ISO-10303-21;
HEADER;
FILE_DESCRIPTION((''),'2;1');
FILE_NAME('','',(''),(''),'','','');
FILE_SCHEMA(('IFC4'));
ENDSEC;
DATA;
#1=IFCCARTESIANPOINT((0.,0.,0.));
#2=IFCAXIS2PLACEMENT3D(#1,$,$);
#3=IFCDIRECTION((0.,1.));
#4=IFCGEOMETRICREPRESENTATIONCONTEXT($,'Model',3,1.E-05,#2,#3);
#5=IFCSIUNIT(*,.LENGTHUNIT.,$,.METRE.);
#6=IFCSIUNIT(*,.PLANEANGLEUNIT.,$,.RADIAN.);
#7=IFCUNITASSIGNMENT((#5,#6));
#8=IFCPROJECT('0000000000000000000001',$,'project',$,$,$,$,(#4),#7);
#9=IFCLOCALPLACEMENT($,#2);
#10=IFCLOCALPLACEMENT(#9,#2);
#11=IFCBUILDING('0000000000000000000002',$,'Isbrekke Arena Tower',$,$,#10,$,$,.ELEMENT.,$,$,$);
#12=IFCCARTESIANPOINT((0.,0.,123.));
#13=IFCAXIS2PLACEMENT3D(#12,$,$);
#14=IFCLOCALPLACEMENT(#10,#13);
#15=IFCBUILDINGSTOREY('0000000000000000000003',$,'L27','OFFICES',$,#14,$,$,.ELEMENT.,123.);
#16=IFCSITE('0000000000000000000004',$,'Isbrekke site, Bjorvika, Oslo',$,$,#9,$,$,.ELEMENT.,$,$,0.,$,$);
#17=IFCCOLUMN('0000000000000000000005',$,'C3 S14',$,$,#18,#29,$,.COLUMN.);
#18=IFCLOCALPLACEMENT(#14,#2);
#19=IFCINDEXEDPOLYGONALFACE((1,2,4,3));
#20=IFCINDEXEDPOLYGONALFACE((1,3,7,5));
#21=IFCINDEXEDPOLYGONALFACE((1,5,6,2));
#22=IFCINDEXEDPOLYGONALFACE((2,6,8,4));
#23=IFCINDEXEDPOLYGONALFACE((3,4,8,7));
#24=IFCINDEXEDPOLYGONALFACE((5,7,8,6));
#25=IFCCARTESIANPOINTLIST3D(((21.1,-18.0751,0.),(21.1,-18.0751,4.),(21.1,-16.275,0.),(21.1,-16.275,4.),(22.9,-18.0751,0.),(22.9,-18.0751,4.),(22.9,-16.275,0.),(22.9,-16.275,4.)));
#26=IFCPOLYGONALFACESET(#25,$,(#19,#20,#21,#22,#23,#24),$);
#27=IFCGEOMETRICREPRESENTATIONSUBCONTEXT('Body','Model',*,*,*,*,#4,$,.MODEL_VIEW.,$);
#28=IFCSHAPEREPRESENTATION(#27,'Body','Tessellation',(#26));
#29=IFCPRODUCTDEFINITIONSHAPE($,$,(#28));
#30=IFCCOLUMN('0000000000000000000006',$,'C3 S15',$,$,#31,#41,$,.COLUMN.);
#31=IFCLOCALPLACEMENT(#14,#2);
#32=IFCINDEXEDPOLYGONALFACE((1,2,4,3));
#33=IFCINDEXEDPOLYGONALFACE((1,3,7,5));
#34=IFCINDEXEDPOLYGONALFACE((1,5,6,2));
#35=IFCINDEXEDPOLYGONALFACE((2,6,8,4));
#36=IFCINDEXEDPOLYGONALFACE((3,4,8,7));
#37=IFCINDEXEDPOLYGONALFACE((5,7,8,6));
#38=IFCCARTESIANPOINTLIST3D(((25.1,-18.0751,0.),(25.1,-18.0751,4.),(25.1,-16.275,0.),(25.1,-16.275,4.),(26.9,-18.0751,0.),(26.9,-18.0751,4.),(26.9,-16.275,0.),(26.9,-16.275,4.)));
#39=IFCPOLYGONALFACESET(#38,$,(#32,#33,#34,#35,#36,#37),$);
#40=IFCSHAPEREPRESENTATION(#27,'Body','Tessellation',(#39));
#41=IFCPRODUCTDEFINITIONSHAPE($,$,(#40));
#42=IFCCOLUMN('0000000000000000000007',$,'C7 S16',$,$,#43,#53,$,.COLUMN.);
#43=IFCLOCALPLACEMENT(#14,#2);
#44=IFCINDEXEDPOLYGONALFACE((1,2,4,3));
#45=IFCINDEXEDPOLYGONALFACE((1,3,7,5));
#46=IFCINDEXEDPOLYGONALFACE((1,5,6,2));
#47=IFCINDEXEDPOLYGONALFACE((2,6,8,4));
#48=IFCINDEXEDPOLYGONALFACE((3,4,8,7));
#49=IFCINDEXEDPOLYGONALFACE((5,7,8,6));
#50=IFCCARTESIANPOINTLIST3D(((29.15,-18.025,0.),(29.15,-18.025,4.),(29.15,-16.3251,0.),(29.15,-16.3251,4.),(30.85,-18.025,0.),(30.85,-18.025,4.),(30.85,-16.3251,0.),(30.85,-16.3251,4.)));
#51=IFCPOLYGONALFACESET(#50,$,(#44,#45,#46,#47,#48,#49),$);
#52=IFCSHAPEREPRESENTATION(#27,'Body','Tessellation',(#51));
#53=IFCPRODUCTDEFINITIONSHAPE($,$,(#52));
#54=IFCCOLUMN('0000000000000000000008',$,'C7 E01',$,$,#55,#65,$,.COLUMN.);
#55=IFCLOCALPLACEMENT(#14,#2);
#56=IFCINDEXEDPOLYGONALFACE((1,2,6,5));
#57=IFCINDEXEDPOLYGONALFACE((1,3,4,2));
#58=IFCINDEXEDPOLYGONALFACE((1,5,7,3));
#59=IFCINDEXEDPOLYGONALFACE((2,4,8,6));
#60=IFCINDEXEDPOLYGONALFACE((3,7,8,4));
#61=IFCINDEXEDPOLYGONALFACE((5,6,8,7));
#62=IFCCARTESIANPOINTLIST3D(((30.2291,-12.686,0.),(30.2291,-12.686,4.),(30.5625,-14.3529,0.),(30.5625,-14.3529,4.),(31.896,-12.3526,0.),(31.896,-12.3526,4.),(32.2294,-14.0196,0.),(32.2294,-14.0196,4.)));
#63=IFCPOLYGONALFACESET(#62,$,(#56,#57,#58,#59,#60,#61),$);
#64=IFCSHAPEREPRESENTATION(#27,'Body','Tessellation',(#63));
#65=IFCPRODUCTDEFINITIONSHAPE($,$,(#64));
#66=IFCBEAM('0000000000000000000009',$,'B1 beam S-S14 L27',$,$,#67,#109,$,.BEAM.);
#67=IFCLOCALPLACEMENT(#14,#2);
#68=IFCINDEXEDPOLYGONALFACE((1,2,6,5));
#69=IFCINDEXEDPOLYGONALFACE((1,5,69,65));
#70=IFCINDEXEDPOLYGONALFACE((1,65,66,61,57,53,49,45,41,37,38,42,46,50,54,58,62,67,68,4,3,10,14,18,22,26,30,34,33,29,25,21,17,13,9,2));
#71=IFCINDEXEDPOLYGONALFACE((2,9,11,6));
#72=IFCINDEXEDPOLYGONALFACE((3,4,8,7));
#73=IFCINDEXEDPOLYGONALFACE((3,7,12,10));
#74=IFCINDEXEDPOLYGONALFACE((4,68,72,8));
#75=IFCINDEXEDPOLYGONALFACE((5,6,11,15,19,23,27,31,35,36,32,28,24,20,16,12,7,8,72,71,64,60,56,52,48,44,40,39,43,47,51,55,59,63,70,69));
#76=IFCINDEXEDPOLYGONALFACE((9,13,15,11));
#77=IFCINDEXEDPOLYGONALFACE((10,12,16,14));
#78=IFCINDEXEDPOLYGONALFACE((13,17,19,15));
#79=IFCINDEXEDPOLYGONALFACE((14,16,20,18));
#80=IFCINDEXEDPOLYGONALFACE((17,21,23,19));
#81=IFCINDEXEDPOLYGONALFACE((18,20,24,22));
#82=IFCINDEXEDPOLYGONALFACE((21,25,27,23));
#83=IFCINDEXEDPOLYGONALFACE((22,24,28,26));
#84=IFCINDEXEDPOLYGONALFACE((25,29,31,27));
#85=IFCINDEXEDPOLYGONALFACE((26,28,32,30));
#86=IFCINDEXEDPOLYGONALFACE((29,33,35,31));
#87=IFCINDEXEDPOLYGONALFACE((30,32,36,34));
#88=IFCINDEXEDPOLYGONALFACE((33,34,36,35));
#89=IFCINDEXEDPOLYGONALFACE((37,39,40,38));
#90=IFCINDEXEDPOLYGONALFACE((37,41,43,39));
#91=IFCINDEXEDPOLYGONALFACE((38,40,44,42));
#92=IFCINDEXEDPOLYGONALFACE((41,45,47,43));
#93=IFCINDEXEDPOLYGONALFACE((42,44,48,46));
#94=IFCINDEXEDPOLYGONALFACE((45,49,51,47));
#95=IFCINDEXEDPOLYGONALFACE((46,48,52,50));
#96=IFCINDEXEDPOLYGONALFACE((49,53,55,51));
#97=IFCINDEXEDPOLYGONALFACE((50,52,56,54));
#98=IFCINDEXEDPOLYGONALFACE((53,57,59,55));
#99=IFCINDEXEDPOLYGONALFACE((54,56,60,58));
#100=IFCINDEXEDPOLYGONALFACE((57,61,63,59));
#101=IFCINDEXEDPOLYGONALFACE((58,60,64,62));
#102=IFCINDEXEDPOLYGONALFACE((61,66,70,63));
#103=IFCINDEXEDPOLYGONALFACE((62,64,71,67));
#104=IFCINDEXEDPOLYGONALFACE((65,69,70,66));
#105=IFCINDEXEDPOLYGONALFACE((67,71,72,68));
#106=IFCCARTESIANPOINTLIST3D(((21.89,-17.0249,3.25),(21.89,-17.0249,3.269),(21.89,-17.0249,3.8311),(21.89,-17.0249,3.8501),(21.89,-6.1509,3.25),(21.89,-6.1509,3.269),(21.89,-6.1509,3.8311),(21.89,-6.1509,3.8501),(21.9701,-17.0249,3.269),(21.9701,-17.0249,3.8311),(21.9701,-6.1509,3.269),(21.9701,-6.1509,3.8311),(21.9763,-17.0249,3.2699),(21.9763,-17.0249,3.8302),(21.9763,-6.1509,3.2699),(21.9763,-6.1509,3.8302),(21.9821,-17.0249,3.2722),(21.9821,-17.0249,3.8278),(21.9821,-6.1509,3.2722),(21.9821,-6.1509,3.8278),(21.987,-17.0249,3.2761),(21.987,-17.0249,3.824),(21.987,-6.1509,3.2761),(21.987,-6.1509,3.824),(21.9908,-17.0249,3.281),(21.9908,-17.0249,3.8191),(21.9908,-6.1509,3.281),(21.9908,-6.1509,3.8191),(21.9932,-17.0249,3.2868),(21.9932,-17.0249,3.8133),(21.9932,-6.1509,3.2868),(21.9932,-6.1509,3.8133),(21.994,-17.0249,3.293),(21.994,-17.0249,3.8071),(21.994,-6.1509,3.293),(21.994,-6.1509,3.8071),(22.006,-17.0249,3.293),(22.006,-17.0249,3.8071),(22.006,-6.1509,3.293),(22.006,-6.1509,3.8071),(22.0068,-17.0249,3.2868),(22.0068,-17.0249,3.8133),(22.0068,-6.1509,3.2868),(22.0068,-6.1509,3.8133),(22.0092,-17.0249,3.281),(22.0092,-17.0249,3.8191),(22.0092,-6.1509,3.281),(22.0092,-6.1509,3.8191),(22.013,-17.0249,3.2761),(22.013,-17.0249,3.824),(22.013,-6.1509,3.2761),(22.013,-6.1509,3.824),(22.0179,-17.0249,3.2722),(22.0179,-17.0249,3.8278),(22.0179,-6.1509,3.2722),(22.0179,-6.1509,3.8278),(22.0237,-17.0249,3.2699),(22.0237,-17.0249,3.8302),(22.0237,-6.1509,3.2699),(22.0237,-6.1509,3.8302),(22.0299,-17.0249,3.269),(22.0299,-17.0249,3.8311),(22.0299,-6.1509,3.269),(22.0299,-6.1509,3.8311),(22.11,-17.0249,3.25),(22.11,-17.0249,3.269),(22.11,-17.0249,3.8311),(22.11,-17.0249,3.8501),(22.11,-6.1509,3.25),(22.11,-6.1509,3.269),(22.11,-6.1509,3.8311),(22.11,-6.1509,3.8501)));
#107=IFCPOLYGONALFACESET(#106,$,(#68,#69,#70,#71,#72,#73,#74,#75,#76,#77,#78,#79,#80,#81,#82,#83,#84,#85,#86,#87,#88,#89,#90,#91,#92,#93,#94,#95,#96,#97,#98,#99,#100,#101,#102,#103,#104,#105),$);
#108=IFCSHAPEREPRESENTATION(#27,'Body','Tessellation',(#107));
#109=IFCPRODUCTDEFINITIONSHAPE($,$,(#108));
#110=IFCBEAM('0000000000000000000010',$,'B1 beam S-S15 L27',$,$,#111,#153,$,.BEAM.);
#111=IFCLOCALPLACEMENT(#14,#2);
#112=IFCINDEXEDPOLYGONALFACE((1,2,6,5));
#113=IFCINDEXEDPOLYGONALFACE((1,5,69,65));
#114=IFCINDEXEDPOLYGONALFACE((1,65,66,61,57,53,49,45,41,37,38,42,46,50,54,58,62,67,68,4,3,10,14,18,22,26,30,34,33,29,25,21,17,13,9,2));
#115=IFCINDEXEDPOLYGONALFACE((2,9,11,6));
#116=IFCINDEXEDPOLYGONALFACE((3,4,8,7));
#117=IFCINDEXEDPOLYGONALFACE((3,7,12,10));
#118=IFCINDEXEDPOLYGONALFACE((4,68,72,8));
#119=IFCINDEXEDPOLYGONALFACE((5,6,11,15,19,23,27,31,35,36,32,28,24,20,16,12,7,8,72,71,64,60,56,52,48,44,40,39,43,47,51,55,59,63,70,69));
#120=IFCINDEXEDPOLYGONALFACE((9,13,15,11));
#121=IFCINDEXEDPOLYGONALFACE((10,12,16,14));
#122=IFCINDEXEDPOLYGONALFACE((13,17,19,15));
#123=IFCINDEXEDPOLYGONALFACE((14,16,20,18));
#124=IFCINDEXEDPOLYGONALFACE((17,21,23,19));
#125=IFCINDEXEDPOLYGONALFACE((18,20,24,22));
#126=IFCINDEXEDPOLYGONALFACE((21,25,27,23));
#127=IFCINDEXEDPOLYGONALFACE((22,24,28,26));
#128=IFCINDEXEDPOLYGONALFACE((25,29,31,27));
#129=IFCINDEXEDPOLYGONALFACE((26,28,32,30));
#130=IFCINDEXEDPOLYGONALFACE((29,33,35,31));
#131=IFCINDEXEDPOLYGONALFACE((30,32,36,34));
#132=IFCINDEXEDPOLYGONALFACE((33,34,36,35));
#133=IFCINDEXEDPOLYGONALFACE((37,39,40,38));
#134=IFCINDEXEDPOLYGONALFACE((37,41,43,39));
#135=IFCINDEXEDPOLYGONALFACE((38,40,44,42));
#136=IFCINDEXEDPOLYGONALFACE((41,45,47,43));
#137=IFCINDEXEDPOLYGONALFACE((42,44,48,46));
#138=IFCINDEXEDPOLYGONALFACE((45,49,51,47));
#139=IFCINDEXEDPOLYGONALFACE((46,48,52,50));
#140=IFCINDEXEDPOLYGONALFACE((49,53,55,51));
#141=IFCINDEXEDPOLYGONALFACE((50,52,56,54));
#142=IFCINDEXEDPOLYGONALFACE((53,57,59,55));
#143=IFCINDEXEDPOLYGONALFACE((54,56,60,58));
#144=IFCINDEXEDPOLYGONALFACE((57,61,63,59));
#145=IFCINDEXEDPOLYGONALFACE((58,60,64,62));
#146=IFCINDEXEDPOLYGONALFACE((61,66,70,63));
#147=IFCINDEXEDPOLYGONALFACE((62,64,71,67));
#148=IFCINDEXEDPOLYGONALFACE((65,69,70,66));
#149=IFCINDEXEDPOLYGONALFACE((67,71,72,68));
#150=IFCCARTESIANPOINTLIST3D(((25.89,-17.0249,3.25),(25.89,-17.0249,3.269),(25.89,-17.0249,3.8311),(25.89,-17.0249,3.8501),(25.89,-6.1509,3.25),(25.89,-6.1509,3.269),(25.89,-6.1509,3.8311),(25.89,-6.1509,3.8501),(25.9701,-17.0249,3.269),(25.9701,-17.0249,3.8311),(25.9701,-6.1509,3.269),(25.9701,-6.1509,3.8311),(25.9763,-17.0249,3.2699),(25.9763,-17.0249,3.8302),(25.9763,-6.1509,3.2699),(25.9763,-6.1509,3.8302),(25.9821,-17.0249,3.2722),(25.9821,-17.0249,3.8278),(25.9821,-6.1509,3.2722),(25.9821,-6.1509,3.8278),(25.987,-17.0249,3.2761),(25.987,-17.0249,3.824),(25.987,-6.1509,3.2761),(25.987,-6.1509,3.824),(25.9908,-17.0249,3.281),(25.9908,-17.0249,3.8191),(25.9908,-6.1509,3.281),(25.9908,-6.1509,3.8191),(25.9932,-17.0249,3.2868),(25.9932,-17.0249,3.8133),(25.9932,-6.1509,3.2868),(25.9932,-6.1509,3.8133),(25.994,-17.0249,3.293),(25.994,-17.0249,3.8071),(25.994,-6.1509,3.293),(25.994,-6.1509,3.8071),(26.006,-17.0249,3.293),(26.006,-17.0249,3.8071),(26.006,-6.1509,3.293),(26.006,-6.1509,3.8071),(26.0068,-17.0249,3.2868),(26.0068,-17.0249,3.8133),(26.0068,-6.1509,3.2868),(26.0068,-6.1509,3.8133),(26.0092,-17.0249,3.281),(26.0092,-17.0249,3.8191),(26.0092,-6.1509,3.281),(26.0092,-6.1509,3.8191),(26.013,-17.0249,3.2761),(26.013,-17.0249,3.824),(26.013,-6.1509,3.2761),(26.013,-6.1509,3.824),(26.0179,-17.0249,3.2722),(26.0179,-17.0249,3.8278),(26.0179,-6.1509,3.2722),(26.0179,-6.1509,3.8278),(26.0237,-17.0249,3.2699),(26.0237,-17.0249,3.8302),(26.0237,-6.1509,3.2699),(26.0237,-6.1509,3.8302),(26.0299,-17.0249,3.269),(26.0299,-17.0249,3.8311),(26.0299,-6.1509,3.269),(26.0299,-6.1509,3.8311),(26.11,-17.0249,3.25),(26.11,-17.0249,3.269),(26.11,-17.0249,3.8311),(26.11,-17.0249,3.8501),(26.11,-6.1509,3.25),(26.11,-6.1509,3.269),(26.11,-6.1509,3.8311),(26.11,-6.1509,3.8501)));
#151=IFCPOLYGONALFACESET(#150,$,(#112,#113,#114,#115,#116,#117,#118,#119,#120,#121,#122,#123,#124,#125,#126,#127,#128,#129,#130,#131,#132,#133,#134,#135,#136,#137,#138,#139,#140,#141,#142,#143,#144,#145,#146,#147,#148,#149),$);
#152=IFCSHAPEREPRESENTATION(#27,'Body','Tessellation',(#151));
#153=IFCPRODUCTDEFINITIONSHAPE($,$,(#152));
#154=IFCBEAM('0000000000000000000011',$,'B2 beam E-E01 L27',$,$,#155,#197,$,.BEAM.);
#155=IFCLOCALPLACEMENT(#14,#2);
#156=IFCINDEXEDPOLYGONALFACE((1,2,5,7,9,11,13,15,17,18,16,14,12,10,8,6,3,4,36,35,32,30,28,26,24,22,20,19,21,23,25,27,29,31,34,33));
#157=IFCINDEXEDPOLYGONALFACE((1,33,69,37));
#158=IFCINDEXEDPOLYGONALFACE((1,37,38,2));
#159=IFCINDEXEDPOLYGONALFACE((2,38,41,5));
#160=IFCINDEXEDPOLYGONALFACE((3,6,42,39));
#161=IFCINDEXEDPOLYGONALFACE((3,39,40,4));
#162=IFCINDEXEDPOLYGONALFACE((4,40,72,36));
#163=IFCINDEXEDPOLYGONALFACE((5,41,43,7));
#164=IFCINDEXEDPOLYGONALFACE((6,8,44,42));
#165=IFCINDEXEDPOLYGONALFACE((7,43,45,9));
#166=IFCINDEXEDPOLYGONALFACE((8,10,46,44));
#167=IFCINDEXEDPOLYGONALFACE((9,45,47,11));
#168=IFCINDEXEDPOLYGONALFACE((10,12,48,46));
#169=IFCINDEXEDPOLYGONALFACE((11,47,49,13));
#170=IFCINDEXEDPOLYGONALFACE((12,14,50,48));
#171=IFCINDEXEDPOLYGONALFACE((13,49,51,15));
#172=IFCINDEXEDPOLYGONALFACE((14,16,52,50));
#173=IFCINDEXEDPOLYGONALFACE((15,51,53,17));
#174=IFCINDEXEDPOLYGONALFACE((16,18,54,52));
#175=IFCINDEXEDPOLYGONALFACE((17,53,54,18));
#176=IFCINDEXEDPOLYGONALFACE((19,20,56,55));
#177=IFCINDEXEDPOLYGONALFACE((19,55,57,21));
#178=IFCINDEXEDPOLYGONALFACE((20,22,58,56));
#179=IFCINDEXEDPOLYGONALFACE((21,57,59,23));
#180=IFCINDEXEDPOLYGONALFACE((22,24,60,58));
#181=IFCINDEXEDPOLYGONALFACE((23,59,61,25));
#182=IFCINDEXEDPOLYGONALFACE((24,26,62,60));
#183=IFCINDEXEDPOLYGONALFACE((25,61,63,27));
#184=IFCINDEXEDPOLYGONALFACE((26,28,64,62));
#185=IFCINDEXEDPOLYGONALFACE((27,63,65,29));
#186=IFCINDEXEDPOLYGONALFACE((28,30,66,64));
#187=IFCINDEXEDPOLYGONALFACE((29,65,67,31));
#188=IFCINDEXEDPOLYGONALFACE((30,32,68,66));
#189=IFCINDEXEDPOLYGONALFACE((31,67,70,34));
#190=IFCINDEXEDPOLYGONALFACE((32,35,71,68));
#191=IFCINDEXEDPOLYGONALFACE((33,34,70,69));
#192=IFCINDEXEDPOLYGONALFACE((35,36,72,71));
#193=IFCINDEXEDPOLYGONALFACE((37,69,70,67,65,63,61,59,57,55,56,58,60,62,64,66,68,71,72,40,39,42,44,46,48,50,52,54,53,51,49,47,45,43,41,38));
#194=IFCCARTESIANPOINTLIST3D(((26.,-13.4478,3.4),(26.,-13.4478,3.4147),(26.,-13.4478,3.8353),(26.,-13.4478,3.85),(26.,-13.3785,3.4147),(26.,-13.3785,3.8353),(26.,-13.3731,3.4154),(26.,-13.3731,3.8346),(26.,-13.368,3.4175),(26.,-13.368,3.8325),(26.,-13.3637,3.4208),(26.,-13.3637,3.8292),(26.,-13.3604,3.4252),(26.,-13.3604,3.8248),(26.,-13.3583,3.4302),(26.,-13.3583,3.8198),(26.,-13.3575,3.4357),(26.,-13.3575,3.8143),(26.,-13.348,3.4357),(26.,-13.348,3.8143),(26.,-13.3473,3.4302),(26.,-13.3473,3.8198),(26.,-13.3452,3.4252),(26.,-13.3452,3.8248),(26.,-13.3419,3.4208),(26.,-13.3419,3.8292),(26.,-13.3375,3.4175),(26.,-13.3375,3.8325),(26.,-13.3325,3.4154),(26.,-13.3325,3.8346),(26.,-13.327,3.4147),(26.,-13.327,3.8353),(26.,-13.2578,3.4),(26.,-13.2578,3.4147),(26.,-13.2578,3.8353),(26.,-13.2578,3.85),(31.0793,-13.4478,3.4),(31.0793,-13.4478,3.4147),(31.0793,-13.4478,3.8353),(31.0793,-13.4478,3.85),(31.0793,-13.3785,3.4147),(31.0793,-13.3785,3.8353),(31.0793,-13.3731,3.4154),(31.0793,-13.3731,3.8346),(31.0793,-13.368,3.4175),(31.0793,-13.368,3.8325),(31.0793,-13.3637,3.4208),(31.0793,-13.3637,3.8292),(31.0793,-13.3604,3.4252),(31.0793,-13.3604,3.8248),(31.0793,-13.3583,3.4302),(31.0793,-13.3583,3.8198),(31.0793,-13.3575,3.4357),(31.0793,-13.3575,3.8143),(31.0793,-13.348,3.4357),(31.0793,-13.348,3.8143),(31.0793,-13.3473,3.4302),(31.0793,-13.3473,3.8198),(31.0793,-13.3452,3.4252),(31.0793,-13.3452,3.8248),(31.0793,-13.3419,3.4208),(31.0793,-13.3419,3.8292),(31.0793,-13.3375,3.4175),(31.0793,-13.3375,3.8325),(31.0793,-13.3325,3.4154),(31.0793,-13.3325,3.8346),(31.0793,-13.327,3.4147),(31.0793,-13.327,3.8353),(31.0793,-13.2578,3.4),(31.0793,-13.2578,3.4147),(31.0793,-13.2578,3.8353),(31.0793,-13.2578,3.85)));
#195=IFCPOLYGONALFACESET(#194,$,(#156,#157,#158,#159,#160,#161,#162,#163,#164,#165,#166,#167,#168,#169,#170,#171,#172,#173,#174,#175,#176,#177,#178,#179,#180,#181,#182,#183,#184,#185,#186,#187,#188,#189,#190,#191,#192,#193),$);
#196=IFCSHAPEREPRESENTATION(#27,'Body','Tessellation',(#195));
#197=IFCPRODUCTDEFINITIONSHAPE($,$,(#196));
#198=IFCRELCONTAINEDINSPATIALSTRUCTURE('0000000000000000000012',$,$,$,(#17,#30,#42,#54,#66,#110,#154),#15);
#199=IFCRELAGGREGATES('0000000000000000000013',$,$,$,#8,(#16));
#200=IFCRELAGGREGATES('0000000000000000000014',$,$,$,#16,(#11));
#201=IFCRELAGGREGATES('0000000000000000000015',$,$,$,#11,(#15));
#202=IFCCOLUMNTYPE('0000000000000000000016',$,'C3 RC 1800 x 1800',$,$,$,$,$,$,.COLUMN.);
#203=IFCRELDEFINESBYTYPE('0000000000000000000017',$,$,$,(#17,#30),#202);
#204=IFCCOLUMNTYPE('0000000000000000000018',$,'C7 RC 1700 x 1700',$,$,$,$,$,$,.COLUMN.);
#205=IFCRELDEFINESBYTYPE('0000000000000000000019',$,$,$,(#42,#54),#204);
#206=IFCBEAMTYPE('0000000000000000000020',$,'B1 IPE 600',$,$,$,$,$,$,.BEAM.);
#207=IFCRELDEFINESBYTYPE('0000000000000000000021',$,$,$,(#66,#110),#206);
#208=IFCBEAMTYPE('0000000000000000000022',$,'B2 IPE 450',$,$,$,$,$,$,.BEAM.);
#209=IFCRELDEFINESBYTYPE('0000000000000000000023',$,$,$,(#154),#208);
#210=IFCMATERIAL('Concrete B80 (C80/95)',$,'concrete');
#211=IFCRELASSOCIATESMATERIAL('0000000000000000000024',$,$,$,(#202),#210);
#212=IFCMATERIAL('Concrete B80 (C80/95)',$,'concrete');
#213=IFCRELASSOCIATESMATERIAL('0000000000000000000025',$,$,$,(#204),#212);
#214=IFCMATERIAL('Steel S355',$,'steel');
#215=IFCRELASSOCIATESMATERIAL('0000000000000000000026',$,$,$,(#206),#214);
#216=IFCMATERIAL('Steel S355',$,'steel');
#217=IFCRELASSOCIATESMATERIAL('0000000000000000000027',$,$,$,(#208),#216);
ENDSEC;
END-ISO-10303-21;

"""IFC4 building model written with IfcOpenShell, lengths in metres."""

from ifc_helpers import new_model, si_unit, direction, frame, origin, origin_2d, place, context, subcontext, project, spatial, rectangle, i_section, extrude, material, material_profile, profile_set, type_object, element, save


model = new_model("IFC4")

# Units and contexts
model_context = context("Model", 3, precision=1e-05, world=origin(), true_north=direction((0.0, 1.0)))
body_context = subcontext(model_context, "Body", "Model", "MODEL_VIEW")
ifc_project = project(units=[si_unit("LENGTHUNIT", "METRE"), si_unit("PLANEANGLEUNIT", "RADIAN")], contexts=[model_context])

# Site, building, storey
site_placement = place(None, origin())
site = spatial("IfcSite", under=ifc_project, at=site_placement, Name="Isbrekke site, Bjorvika, Oslo", CompositionType="ELEMENT", RefElevation=0.0)
building_placement = place(site_placement, origin())
building = spatial("IfcBuilding", under=site, at=building_placement, Name="Isbrekke Arena Tower", CompositionType="ELEMENT")
storey_placement = place(building_placement, frame((0.0, 0.0, 123.0)))
storey = spatial("IfcBuildingStorey", under=building, at=storey_placement, Name="L27", Description="OFFICES", CompositionType="ELEMENT", Elevation=123.0)

# Columns
ifc_material_1 = material(Name="Concrete B80 (C80/95)", Category="concrete")
ifc_material_profile_1 = material_profile(ifc_material_1, rectangle(XDim=1.8, YDim=1.8, at=origin_2d()), Name="RC 1800x1800")
ifc_profile_set_1 = profile_set([ifc_material_profile_1], Name="Concrete B80 (C80/95)")
column_type_1 = type_object("IfcColumnType", Name="C3 RC 1800 x 1800", PredefinedType="COLUMN", material=ifc_profile_set_1)
for number, where, z_axis, x_axis, name in (
    (1, (22.0, -17.175, 0.0), (0.0, 0.0, 1.0), (1.0, 0.0, 0.0), "C3 S14"),
    (2, (26.0, -17.175, 0.0), (0.0, 0.0, 1.0), (1.0, 0.0, 0.0), "C3 S15"),
):
    element("IfcColumn", number, at=place(storey_placement, frame(where, z_axis=z_axis, x_axis=x_axis)), inside=storey, type_object=column_type_1, Name=name, PredefinedType="COLUMN", context=body_context, shape_type="SweptSolid", body=[
        extrude(rectangle(XDim=1.8, YDim=1.8, at=origin_2d()), origin(), (0.0, 0.0, 1.0), 4.0),
    ])
ifc_material_2 = material(Name="Concrete B80 (C80/95)", Category="concrete")
ifc_material_profile_2 = material_profile(ifc_material_2, rectangle(XDim=1.7, YDim=1.7, at=origin_2d()), Name="RC 1700x1700")
ifc_profile_set_2 = profile_set([ifc_material_profile_2], Name="Concrete B80 (C80/95)")
column_type_2 = type_object("IfcColumnType", Name="C7 RC 1700 x 1700", PredefinedType="COLUMN", material=ifc_profile_set_2)
for number, where, z_axis, x_axis, name in (
    (3, (30.0, -17.175, 0.0), (0.0, 0.0, 1.0), (1.0, 0.0, 0.0), "C7 S16"),
    (4, (31.2292, -13.3528, 0.0), (0.0, 0.0, 1.0), (-0.196116, 0.980581, 0.0), "C7 E01"),
):
    element("IfcColumn", number, at=place(storey_placement, frame(where, z_axis=z_axis, x_axis=x_axis)), inside=storey, type_object=column_type_2, Name=name, PredefinedType="COLUMN", context=body_context, shape_type="SweptSolid", body=[
        extrude(rectangle(XDim=1.7, YDim=1.7, at=origin_2d()), origin(), (0.0, 0.0, 1.0), 4.0),
    ])

# Beams
ifc_material_3 = material(Name="Steel S355", Category="steel")
ifc_material_profile_3 = material_profile(ifc_material_3, i_section(OverallWidth=0.22, OverallDepth=0.6001, WebThickness=0.012, FlangeThickness=0.019, FilletRadius=0.0239, at=origin_2d()), Name="IPE 600")
ifc_profile_set_3 = profile_set([ifc_material_profile_3], Name="Steel S355")
beam_type_1 = type_object("IfcBeamType", Name="B1 IPE 600", PredefinedType="BEAM", material=ifc_profile_set_3)
for number, where, z_axis, x_axis, name in (
    (5, (22.0, -17.0249, 3.55), (0.0, 1.0, 0.0), (-1.0, 0.0, 0.0), "B1 beam S-S14 L27"),
    (6, (26.0, -17.0249, 3.55), (0.0, 1.0, 0.0), (-1.0, 0.0, 0.0), "B1 beam S-S15 L27"),
):
    element("IfcBeam", number, at=place(storey_placement, frame(where, z_axis=z_axis, x_axis=x_axis)), inside=storey, type_object=beam_type_1, Name=name, PredefinedType="BEAM", context=body_context, shape_type="SweptSolid", body=[
        extrude(i_section(OverallWidth=0.22, OverallDepth=0.6001, WebThickness=0.012, FlangeThickness=0.019, FilletRadius=0.0239, at=origin_2d()), origin(), (0.0, 0.0, 1.0), 10.874),
    ])
ifc_material_4 = material(Name="Steel S355", Category="steel")
ifc_material_profile_4 = material_profile(ifc_material_4, i_section(OverallWidth=0.1899, OverallDepth=0.45, WebThickness=0.0095, FlangeThickness=0.0146, FilletRadius=0.021, at=origin_2d()), Name="IPE 450")
ifc_profile_set_4 = profile_set([ifc_material_profile_4], Name="Steel S355")
beam_type_2 = type_object("IfcBeamType", Name="B2 IPE 450", PredefinedType="BEAM", material=ifc_profile_set_4)
beam_1_placement = place(storey_placement, frame((31.0793, -13.3528, 3.625), z_axis=(-1.0, 0.0, 0.0), x_axis=(0.0, -1.0, 0.0)))
element("IfcBeam", 7, at=beam_1_placement, inside=storey, type_object=beam_type_2, Name="B2 beam E-E01 L27", PredefinedType="BEAM", context=body_context, shape_type="SweptSolid", body=[
    extrude(i_section(OverallWidth=0.1899, OverallDepth=0.45, WebThickness=0.0095, FlangeThickness=0.0146, FilletRadius=0.021, at=origin_2d()), origin(), (0.0, 0.0, 1.0), 5.0793),
])

save(model, "model.ifc")
